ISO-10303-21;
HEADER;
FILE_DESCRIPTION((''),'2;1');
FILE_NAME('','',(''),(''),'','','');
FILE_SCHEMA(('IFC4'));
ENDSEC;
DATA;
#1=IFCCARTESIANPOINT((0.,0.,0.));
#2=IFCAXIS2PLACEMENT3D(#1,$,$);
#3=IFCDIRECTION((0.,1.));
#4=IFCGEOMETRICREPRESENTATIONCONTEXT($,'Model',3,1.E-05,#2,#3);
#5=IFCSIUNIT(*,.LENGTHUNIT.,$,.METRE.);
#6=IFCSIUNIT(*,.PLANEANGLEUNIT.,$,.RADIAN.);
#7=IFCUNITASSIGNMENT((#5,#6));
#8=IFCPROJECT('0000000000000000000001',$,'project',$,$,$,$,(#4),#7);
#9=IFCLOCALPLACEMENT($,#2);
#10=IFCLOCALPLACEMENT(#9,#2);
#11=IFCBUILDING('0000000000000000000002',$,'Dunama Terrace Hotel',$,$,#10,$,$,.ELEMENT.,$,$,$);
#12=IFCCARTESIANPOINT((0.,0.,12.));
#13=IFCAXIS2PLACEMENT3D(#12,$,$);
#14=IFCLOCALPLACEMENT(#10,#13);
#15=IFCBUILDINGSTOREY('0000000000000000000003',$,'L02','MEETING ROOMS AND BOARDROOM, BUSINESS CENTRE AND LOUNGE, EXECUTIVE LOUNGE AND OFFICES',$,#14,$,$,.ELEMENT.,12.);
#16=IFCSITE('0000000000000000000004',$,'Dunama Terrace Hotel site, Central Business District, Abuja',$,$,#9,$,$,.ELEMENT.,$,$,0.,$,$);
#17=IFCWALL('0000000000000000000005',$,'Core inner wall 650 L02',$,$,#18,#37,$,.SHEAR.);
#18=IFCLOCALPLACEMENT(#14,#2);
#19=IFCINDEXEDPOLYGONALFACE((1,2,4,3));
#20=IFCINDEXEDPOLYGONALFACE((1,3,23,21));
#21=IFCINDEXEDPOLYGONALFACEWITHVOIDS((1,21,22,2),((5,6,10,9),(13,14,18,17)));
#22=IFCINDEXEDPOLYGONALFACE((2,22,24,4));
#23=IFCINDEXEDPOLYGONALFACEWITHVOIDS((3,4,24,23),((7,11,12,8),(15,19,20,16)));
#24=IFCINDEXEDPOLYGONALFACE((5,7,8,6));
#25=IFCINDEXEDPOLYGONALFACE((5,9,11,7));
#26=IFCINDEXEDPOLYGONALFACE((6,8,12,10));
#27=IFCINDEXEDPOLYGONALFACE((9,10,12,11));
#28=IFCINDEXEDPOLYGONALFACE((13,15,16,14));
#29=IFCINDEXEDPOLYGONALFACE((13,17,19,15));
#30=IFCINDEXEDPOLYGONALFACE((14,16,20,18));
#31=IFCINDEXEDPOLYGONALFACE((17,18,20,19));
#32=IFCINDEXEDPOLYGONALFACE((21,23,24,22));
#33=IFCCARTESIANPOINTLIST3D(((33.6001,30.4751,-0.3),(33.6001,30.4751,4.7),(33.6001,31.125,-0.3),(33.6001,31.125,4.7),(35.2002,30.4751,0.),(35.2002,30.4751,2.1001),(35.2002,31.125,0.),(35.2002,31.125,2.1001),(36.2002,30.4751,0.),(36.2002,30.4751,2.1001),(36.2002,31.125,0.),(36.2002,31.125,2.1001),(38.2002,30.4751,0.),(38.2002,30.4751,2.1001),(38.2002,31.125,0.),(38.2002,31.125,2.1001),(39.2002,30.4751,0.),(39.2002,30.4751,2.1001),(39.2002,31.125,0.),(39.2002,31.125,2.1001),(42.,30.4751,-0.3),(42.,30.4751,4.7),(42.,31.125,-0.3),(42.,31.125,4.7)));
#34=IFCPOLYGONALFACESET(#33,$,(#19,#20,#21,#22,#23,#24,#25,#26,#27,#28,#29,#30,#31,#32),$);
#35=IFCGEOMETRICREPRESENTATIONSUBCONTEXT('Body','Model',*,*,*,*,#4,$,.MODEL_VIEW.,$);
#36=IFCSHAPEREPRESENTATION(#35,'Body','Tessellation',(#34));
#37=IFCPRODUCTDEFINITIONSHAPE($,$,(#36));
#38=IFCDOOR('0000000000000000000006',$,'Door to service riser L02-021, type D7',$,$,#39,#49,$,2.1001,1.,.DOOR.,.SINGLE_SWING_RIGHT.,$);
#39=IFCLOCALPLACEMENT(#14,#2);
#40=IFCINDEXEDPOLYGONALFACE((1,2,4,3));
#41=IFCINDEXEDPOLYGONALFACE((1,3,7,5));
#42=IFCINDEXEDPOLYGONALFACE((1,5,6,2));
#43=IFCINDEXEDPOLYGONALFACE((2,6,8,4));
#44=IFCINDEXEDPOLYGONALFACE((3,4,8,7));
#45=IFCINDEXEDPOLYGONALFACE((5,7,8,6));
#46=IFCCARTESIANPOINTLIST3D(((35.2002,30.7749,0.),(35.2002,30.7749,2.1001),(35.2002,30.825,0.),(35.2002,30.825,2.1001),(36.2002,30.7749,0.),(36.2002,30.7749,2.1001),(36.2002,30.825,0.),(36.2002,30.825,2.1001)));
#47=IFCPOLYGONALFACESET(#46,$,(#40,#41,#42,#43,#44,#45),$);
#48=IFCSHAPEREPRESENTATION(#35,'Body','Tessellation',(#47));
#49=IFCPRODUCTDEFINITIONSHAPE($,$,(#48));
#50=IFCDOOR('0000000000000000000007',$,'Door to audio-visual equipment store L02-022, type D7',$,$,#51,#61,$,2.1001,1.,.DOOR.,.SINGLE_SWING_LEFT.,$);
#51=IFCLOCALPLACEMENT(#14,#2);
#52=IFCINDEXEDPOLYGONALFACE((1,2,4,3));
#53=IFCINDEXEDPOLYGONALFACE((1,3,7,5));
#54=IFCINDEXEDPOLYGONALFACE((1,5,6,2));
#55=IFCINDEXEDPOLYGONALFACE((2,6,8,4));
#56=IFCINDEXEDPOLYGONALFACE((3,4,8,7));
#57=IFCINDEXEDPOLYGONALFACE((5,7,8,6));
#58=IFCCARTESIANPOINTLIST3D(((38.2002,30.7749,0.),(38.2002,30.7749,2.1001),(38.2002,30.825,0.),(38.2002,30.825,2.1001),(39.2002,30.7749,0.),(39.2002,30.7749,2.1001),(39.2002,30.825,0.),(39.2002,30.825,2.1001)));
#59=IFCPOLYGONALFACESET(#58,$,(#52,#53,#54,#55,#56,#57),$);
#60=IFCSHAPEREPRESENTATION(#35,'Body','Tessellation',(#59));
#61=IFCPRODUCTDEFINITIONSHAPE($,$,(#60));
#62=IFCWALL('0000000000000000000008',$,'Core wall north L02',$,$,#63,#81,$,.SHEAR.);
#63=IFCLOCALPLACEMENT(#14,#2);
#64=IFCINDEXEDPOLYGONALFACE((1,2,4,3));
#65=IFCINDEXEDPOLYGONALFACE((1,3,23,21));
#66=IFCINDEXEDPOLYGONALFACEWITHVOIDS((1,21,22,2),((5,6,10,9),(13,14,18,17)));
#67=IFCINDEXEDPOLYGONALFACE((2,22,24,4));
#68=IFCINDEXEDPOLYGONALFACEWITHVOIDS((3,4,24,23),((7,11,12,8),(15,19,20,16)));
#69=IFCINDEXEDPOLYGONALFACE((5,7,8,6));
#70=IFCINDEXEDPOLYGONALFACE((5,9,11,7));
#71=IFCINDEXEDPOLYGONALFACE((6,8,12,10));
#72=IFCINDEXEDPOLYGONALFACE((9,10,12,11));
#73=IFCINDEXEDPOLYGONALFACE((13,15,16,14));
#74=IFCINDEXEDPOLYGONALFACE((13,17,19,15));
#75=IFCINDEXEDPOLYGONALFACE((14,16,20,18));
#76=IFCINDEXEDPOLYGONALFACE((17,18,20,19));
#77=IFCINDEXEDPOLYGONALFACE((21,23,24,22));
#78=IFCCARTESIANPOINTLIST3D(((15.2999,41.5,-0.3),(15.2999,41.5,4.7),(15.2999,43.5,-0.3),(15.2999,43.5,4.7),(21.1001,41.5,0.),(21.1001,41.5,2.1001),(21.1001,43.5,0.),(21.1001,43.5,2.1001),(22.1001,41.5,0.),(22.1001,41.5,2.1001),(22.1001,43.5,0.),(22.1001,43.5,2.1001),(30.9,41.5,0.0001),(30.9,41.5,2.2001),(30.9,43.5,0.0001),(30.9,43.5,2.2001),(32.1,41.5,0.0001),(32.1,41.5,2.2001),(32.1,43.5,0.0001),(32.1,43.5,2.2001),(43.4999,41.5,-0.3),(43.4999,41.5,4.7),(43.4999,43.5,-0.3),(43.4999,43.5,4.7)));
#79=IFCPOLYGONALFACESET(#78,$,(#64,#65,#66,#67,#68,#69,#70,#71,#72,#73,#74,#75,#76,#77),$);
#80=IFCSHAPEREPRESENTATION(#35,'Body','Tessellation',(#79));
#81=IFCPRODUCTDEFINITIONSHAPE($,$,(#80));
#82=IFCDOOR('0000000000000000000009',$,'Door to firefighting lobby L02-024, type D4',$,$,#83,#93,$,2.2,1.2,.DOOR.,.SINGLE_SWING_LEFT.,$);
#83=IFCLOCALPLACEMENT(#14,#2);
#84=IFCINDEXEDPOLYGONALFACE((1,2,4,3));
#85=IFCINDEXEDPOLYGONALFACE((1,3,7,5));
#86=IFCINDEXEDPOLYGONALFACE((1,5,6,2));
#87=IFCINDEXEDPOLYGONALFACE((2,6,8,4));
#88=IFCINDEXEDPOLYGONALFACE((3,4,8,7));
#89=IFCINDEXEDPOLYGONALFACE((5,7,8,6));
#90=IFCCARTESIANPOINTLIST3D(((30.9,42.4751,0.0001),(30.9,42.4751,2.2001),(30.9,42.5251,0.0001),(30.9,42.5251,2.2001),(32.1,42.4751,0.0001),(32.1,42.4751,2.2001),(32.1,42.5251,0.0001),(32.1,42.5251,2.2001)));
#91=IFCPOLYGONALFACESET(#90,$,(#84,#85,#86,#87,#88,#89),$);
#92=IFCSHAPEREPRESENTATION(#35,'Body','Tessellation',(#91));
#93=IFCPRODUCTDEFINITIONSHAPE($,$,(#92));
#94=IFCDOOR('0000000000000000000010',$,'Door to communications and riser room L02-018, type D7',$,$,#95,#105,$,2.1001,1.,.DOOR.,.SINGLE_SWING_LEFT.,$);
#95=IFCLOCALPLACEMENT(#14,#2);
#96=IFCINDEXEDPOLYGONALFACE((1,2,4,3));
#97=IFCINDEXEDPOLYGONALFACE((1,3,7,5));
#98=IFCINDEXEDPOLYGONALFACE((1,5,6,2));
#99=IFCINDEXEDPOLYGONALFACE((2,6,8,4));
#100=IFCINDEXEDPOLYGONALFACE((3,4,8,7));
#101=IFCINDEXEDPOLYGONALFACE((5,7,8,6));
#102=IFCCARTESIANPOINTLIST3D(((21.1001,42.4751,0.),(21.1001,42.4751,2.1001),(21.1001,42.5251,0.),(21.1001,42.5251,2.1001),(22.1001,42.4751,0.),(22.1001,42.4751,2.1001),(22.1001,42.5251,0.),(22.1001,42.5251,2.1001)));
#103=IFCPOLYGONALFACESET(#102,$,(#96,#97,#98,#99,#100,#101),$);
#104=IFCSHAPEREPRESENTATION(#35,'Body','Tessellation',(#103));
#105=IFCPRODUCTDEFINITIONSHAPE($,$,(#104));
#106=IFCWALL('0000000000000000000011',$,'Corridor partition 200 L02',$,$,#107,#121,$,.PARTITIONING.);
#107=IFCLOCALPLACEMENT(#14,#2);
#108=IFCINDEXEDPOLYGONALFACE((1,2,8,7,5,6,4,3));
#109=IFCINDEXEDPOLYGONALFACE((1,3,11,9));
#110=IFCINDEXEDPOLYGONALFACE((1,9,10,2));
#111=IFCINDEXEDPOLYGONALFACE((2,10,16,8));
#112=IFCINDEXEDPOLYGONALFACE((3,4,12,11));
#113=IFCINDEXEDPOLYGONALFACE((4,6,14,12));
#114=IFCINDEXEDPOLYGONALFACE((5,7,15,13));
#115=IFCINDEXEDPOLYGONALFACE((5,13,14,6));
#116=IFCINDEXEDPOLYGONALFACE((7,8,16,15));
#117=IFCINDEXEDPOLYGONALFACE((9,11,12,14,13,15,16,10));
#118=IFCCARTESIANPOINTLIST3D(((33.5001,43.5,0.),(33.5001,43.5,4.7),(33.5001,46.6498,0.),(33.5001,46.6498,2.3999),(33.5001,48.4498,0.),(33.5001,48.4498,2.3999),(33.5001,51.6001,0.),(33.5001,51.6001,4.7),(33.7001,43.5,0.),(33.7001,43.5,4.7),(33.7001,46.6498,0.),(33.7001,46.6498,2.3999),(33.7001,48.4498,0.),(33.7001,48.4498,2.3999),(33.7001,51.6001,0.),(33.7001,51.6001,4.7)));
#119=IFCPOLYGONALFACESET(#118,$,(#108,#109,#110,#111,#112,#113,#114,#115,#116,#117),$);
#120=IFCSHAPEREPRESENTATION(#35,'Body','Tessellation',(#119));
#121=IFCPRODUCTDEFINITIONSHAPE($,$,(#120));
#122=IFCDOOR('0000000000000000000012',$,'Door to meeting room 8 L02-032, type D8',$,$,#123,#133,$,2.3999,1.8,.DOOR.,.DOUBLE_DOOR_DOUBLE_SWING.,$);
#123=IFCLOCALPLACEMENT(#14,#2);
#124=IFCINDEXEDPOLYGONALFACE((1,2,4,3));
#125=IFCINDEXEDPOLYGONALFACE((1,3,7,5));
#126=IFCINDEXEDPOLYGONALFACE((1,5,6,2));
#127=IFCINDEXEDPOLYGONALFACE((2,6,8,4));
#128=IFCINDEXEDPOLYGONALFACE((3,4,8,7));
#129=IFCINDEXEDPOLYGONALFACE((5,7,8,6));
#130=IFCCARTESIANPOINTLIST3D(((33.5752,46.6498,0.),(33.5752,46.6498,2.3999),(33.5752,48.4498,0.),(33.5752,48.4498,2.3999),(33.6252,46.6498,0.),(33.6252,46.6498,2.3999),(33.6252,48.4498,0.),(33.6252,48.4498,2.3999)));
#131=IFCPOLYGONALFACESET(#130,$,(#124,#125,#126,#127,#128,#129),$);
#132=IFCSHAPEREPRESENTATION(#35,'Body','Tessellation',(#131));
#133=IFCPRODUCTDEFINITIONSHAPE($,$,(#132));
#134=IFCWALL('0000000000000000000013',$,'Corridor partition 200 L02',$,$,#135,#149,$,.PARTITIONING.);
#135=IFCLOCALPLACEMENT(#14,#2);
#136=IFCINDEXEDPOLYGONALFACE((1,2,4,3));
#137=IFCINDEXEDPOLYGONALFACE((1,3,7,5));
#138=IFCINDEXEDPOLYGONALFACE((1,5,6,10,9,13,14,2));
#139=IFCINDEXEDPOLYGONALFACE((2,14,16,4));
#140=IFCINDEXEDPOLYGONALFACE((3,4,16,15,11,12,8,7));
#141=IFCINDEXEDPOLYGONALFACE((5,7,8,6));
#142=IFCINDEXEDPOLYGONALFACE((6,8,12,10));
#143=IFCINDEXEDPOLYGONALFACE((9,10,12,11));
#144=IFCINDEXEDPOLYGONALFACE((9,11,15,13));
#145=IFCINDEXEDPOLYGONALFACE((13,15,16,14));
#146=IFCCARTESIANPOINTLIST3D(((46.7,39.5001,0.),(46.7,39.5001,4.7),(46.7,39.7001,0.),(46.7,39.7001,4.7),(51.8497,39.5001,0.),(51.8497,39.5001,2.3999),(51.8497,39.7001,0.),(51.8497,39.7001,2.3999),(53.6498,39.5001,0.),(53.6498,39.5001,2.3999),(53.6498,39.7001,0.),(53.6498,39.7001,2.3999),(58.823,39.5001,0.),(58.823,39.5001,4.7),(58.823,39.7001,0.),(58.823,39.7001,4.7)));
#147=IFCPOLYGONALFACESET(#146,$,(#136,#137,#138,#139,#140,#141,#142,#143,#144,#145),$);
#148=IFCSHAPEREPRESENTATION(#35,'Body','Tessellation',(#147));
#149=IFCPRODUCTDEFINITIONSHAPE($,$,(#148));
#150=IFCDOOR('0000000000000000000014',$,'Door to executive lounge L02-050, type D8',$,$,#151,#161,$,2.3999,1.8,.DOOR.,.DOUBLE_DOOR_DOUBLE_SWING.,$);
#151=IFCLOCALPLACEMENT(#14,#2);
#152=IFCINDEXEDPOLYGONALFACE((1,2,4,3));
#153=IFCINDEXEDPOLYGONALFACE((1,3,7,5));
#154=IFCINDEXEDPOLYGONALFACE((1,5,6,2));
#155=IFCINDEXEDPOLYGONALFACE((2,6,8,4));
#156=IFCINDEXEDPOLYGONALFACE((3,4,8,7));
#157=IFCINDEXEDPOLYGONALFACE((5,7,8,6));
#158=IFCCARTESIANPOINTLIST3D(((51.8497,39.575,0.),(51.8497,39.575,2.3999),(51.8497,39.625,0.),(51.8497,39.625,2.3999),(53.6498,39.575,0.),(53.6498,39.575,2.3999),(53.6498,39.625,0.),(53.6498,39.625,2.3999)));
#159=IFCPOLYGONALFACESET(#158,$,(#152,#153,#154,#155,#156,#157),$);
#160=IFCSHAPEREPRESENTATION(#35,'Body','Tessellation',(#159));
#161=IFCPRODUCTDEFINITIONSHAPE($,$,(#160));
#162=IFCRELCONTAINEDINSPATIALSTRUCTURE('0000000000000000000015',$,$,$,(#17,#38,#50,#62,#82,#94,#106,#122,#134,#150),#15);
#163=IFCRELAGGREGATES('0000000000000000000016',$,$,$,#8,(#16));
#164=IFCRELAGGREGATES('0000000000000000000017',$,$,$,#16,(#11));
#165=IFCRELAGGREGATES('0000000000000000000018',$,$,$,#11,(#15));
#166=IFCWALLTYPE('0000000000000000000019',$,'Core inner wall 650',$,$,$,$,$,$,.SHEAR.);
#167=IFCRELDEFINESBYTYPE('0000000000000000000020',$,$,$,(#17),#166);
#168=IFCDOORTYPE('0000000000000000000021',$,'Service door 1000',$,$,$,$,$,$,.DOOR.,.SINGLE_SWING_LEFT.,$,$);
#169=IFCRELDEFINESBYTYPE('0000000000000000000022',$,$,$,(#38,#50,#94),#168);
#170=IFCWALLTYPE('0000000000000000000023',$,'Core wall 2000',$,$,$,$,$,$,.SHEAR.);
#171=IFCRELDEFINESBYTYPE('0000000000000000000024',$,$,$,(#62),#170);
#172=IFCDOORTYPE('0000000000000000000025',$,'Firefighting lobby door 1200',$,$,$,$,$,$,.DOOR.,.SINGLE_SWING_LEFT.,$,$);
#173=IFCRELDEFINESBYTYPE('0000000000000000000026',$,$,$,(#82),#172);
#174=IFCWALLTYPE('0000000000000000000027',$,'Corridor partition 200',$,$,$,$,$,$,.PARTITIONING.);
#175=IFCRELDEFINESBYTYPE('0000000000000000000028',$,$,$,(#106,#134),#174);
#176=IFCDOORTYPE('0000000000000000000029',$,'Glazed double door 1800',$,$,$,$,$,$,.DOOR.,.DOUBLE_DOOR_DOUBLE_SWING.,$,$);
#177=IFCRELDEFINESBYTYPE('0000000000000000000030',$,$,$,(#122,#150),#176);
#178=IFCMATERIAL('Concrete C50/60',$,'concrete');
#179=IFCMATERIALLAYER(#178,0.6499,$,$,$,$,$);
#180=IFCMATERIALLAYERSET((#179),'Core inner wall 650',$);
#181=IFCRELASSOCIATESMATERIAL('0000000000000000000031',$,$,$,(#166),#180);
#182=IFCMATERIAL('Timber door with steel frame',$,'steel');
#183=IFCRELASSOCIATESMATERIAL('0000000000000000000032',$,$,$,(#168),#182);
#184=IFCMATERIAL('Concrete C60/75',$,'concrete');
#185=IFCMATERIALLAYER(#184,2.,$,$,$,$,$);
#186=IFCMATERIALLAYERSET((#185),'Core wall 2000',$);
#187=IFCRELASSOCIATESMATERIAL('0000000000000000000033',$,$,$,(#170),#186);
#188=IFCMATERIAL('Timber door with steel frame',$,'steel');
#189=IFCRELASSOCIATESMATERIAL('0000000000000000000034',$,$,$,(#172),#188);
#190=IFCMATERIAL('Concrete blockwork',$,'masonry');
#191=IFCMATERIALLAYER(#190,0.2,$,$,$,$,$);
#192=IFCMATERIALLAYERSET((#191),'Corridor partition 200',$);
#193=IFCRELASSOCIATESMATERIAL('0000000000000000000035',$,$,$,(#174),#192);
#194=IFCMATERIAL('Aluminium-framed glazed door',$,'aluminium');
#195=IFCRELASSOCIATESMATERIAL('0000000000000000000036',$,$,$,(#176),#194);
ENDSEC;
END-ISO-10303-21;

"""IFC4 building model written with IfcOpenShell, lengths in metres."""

from ifc_helpers import new_model, si_unit, direction, frame, frame_2d, origin, place, context, subcontext, project, spatial, rectangle, extrude, material, layer, layer_set, type_object, element, fill, save


model = new_model("IFC4")

# Units and contexts
model_context = context("Model", 3, precision=1e-05, world=origin(), true_north=direction((0.0, 1.0)))
body_context = subcontext(model_context, "Body", "Model", "MODEL_VIEW")
ifc_project = project(units=[si_unit("LENGTHUNIT", "METRE"), si_unit("PLANEANGLEUNIT", "RADIAN")], contexts=[model_context])

# Site, building, storey
site_placement = place(None, origin())
site = spatial("IfcSite", under=ifc_project, at=site_placement, Name="Dunama Terrace Hotel site, Central Business District, Abuja", CompositionType="ELEMENT", RefElevation=0.0)
building_placement = place(site_placement, origin())
building = spatial("IfcBuilding", under=site, at=building_placement, Name="Dunama Terrace Hotel", CompositionType="ELEMENT")
storey_placement = place(building_placement, frame((0.0, 0.0, 12.0)))
storey = spatial("IfcBuildingStorey", under=building, at=storey_placement, Name="L02", Description="MEETING ROOMS AND BOARDROOM, BUSINESS CENTRE AND LOUNGE, EXECUTIVE LOUNGE AND OFFICES", CompositionType="ELEMENT", Elevation=12.0)

# Shared definitions
ifc_material_1 = material(Name="Concrete C50/60", Category="concrete")
ifc_layer_1 = layer(ifc_material_1, 0.6499)
ifc_layer_set_1 = layer_set([ifc_layer_1], Name="Core inner wall 650")
wall_type_1 = type_object("IfcWallType", Name="Core inner wall 650", PredefinedType="SHEAR", material=ifc_layer_set_1)

# Walls, openings, doors
wall_1_placement = place(storey_placement, frame((33.6001, 30.8, -0.3), z_axis=(0.0, 0.0, 1.0), x_axis=(1.0, 0.0, 0.0)))
wall_1 = element("IfcWall", 1, at=wall_1_placement, inside=storey, type_object=wall_type_1, Name="Core inner wall 650 L02", PredefinedType="SHEAR", context=body_context, shape_type="SweptSolid", body=[
    extrude(rectangle(XDim=8.3999, YDim=0.6499, at=frame_2d((4.2, 0.0))), origin(), (0.0, 0.0, 1.0), 5.0),
])
opening_1_placement = place(wall_1_placement, frame((1.6001, 0.0, 0.3)))
opening_1 = element("IfcOpeningElement", 2, at=opening_1_placement, cuts=wall_1, PredefinedType="OPENING", context=body_context, shape_type="SweptSolid", body=[
    extrude(rectangle(XDim=1.0, YDim=2.1001, at=frame_2d((0.5, 1.05))), frame((0.0, 0.335, 0.0), z_axis=(0.0, -1.0, 0.0), x_axis=(1.0, 0.0, 0.0)), (0.0, 0.0, 1.0), 0.6699),
])
opening_2_placement = place(wall_1_placement, frame((4.6001, 0.0, 0.3)))
opening_2 = element("IfcOpeningElement", 3, at=opening_2_placement, cuts=wall_1, PredefinedType="OPENING", context=body_context, shape_type="SweptSolid", body=[
    extrude(rectangle(XDim=1.0, YDim=2.1001, at=frame_2d((0.5, 1.05))), frame((0.0, 0.335, 0.0), z_axis=(0.0, -1.0, 0.0), x_axis=(1.0, 0.0, 0.0)), (0.0, 0.0, 1.0), 0.6699),
])
ifc_material_2 = material(Name="Timber door with steel frame", Category="steel")
door_type_1 = type_object("IfcDoorType", Name="Service door 1000", OperationType="SINGLE_SWING_LEFT", PredefinedType="DOOR", material=ifc_material_2)
door_1_placement = place(opening_1_placement, origin())
door_1 = element("IfcDoor", 4, at=door_1_placement, inside=storey, type_object=door_type_1, Name="Door to service riser L02-021, type D7", OperationType="SINGLE_SWING_RIGHT", OverallHeight=2.1001, OverallWidth=1.0, PredefinedType="DOOR", context=body_context, shape_type="SweptSolid", body=[
    extrude(rectangle(XDim=1.0, YDim=2.1001, at=frame_2d((0.5, 1.05))), frame((0.0, 0.0249, 0.0), z_axis=(0.0, -1.0, 0.0), x_axis=(1.0, 0.0, 0.0)), (0.0, 0.0, 1.0), 0.05),
])
fill(opening_1, door_1)
door_2_placement = place(opening_2_placement, origin())
door_2 = element("IfcDoor", 5, at=door_2_placement, inside=storey, type_object=door_type_1, Name="Door to audio-visual equipment store L02-022, type D7", OperationType="SINGLE_SWING_LEFT", OverallHeight=2.1001, OverallWidth=1.0, PredefinedType="DOOR", context=body_context, shape_type="SweptSolid", body=[
    extrude(rectangle(XDim=1.0, YDim=2.1001, at=frame_2d((0.5, 1.05))), frame((0.0, 0.0249, 0.0), z_axis=(0.0, -1.0, 0.0), x_axis=(1.0, 0.0, 0.0)), (0.0, 0.0, 1.0), 0.05),
])
fill(opening_2, door_2)
ifc_material_3 = material(Name="Concrete C60/75", Category="concrete")
ifc_layer_2 = layer(ifc_material_3, 2.0)
ifc_layer_set_2 = layer_set([ifc_layer_2], Name="Core wall 2000")
wall_type_2 = type_object("IfcWallType", Name="Core wall 2000", PredefinedType="SHEAR", material=ifc_layer_set_2)
wall_2_placement = place(storey_placement, frame((43.5, 42.5, -0.3), z_axis=(0.0, 0.0, 1.0), x_axis=(-1.0, 0.0, 0.0)))
wall_2 = element("IfcWall", 6, at=wall_2_placement, inside=storey, type_object=wall_type_2, Name="Core wall north L02", PredefinedType="SHEAR", context=body_context, shape_type="SweptSolid", body=[
    extrude(rectangle(XDim=28.2, YDim=2.0, at=frame_2d((14.1001, 0.0))), origin(), (0.0, 0.0, 1.0), 5.0),
])
opening_3_placement = place(wall_2_placement, frame((21.3999, 0.0, 0.3)))
opening_3 = element("IfcOpeningElement", 7, at=opening_3_placement, cuts=wall_2, PredefinedType="OPENING", context=body_context, shape_type="SweptSolid", body=[
    extrude(rectangle(XDim=1.0, YDim=2.1001, at=frame_2d((0.5, 1.05))), frame((0.0, 1.01, 0.0), z_axis=(0.0, -1.0, 0.0), x_axis=(1.0, 0.0, 0.0)), (0.0, 0.0, 1.0), 2.02),
])
opening_4_placement = place(wall_2_placement, frame((11.3999, 0.0, 0.3)))
opening_4 = element("IfcOpeningElement", 8, at=opening_4_placement, cuts=wall_2, PredefinedType="OPENING", context=body_context, shape_type="SweptSolid", body=[
    extrude(rectangle(XDim=1.2, YDim=2.2, at=frame_2d((0.6001, 1.1001))), frame((0.0, 1.01, 0.0), z_axis=(0.0, -1.0, 0.0), x_axis=(1.0, 0.0, 0.0)), (0.0, 0.0, 1.0), 2.02),
])
ifc_material_4 = material(Name="Timber door with steel frame", Category="steel")
door_type_2 = type_object("IfcDoorType", Name="Firefighting lobby door 1200", OperationType="SINGLE_SWING_LEFT", PredefinedType="DOOR", material=ifc_material_4)
door_3_placement = place(opening_4_placement, origin())
door_3 = element("IfcDoor", 9, at=door_3_placement, inside=storey, type_object=door_type_2, Name="Door to firefighting lobby L02-024, type D4", OperationType="SINGLE_SWING_LEFT", OverallHeight=2.2, OverallWidth=1.2, PredefinedType="DOOR", context=body_context, shape_type="SweptSolid", body=[
    extrude(rectangle(XDim=1.2, YDim=2.2, at=frame_2d((0.6001, 1.1001))), frame((0.0, 0.0249, 0.0), z_axis=(0.0, -1.0, 0.0), x_axis=(1.0, 0.0, 0.0)), (0.0, 0.0, 1.0), 0.05),
])
fill(opening_4, door_3)
door_4_placement = place(opening_3_placement, origin())
door_4 = element("IfcDoor", 10, at=door_4_placement, inside=storey, type_object=door_type_1, Name="Door to communications and riser room L02-018, type D7", OperationType="SINGLE_SWING_LEFT", OverallHeight=2.1001, OverallWidth=1.0, PredefinedType="DOOR", context=body_context, shape_type="SweptSolid", body=[
    extrude(rectangle(XDim=1.0, YDim=2.1001, at=frame_2d((0.5, 1.05))), frame((0.0, 0.0249, 0.0), z_axis=(0.0, -1.0, 0.0), x_axis=(1.0, 0.0, 0.0)), (0.0, 0.0, 1.0), 0.05),
])
fill(opening_3, door_4)

# Walls, openings, doors
ifc_material_5 = material(Name="Concrete blockwork", Category="masonry")
ifc_layer_3 = layer(ifc_material_5, 0.2)
ifc_layer_set_3 = layer_set([ifc_layer_3], Name="Corridor partition 200")
wall_type_3 = type_object("IfcWallType", Name="Corridor partition 200", PredefinedType="PARTITIONING", material=ifc_layer_set_3)
wall_3_placement = place(storey_placement, frame((33.6001, 43.5, 0.0), z_axis=(0.0, 0.0, 1.0), x_axis=(0.0, 1.0, 0.0)))
wall_3 = element("IfcWall", 11, at=wall_3_placement, inside=storey, type_object=wall_type_3, Name="Corridor partition 200 L02", PredefinedType="PARTITIONING", context=body_context, shape_type="SweptSolid", body=[
    extrude(rectangle(XDim=8.1001, YDim=0.2, at=frame_2d((4.05, 0.0))), origin(), (0.0, 0.0, 1.0), 4.7),
])
opening_5_placement = place(wall_3_placement, frame((3.1499, 0.0, 0.0)))
opening_5 = element("IfcOpeningElement", 12, at=opening_5_placement, cuts=wall_3, PredefinedType="OPENING", context=body_context, shape_type="SweptSolid", body=[
    extrude(rectangle(XDim=1.8, YDim=2.3999, at=frame_2d((0.8999, 1.2))), frame((0.0, 0.1099, 0.0), z_axis=(0.0, -1.0, 0.0), x_axis=(1.0, 0.0, 0.0)), (0.0, 0.0, 1.0), 0.22),
])
ifc_material_6 = material(Name="Aluminium-framed glazed door", Category="aluminium")
door_type_3 = type_object("IfcDoorType", Name="Glazed double door 1800", OperationType="DOUBLE_DOOR_DOUBLE_SWING", PredefinedType="DOOR", material=ifc_material_6)
door_5_placement = place(opening_5_placement, origin())
door_5 = element("IfcDoor", 13, at=door_5_placement, inside=storey, type_object=door_type_3, Name="Door to meeting room 8 L02-032, type D8", OperationType="DOUBLE_DOOR_DOUBLE_SWING", OverallHeight=2.3999, OverallWidth=1.8, PredefinedType="DOOR", context=body_context, shape_type="SweptSolid", body=[
    extrude(rectangle(XDim=1.8, YDim=2.3999, at=frame_2d((0.8999, 1.2))), frame((0.0, 0.0249, 0.0), z_axis=(0.0, -1.0, 0.0), x_axis=(1.0, 0.0, 0.0)), (0.0, 0.0, 1.0), 0.05),
])
fill(opening_5, door_5)
wall_4_placement = place(storey_placement, frame((46.7, 39.6001, 0.0), z_axis=(0.0, 0.0, 1.0), x_axis=(1.0, 0.0, 0.0)))
wall_4 = element("IfcWall", 14, at=wall_4_placement, inside=storey, type_object=wall_type_3, Name="Corridor partition 200 L02", PredefinedType="PARTITIONING", context=body_context, shape_type="SweptSolid", body=[
    extrude(rectangle(XDim=12.123, YDim=0.2, at=frame_2d((6.0615, 0.0))), origin(), (0.0, 0.0, 1.0), 4.7),
])
opening_6_placement = place(wall_4_placement, frame((5.1499, 0.0, 0.0)))
opening_6 = element("IfcOpeningElement", 15, at=opening_6_placement, cuts=wall_4, PredefinedType="OPENING", context=body_context, shape_type="SweptSolid", body=[
    extrude(rectangle(XDim=1.8, YDim=2.3999, at=frame_2d((0.8999, 1.2))), frame((0.0, 0.1099, 0.0), z_axis=(0.0, -1.0, 0.0), x_axis=(1.0, 0.0, 0.0)), (0.0, 0.0, 1.0), 0.22),
])
door_6_placement = place(opening_6_placement, origin())
door_6 = element("IfcDoor", 16, at=door_6_placement, inside=storey, type_object=door_type_3, Name="Door to executive lounge L02-050, type D8", OperationType="DOUBLE_DOOR_DOUBLE_SWING", OverallHeight=2.3999, OverallWidth=1.8, PredefinedType="DOOR", context=body_context, shape_type="SweptSolid", body=[
    extrude(rectangle(XDim=1.8, YDim=2.3999, at=frame_2d((0.8999, 1.2))), frame((0.0, 0.0249, 0.0), z_axis=(0.0, -1.0, 0.0), x_axis=(1.0, 0.0, 0.0)), (0.0, 0.0, 1.0), 0.05),
])
fill(opening_6, door_6)

save(model, "model.ifc")
